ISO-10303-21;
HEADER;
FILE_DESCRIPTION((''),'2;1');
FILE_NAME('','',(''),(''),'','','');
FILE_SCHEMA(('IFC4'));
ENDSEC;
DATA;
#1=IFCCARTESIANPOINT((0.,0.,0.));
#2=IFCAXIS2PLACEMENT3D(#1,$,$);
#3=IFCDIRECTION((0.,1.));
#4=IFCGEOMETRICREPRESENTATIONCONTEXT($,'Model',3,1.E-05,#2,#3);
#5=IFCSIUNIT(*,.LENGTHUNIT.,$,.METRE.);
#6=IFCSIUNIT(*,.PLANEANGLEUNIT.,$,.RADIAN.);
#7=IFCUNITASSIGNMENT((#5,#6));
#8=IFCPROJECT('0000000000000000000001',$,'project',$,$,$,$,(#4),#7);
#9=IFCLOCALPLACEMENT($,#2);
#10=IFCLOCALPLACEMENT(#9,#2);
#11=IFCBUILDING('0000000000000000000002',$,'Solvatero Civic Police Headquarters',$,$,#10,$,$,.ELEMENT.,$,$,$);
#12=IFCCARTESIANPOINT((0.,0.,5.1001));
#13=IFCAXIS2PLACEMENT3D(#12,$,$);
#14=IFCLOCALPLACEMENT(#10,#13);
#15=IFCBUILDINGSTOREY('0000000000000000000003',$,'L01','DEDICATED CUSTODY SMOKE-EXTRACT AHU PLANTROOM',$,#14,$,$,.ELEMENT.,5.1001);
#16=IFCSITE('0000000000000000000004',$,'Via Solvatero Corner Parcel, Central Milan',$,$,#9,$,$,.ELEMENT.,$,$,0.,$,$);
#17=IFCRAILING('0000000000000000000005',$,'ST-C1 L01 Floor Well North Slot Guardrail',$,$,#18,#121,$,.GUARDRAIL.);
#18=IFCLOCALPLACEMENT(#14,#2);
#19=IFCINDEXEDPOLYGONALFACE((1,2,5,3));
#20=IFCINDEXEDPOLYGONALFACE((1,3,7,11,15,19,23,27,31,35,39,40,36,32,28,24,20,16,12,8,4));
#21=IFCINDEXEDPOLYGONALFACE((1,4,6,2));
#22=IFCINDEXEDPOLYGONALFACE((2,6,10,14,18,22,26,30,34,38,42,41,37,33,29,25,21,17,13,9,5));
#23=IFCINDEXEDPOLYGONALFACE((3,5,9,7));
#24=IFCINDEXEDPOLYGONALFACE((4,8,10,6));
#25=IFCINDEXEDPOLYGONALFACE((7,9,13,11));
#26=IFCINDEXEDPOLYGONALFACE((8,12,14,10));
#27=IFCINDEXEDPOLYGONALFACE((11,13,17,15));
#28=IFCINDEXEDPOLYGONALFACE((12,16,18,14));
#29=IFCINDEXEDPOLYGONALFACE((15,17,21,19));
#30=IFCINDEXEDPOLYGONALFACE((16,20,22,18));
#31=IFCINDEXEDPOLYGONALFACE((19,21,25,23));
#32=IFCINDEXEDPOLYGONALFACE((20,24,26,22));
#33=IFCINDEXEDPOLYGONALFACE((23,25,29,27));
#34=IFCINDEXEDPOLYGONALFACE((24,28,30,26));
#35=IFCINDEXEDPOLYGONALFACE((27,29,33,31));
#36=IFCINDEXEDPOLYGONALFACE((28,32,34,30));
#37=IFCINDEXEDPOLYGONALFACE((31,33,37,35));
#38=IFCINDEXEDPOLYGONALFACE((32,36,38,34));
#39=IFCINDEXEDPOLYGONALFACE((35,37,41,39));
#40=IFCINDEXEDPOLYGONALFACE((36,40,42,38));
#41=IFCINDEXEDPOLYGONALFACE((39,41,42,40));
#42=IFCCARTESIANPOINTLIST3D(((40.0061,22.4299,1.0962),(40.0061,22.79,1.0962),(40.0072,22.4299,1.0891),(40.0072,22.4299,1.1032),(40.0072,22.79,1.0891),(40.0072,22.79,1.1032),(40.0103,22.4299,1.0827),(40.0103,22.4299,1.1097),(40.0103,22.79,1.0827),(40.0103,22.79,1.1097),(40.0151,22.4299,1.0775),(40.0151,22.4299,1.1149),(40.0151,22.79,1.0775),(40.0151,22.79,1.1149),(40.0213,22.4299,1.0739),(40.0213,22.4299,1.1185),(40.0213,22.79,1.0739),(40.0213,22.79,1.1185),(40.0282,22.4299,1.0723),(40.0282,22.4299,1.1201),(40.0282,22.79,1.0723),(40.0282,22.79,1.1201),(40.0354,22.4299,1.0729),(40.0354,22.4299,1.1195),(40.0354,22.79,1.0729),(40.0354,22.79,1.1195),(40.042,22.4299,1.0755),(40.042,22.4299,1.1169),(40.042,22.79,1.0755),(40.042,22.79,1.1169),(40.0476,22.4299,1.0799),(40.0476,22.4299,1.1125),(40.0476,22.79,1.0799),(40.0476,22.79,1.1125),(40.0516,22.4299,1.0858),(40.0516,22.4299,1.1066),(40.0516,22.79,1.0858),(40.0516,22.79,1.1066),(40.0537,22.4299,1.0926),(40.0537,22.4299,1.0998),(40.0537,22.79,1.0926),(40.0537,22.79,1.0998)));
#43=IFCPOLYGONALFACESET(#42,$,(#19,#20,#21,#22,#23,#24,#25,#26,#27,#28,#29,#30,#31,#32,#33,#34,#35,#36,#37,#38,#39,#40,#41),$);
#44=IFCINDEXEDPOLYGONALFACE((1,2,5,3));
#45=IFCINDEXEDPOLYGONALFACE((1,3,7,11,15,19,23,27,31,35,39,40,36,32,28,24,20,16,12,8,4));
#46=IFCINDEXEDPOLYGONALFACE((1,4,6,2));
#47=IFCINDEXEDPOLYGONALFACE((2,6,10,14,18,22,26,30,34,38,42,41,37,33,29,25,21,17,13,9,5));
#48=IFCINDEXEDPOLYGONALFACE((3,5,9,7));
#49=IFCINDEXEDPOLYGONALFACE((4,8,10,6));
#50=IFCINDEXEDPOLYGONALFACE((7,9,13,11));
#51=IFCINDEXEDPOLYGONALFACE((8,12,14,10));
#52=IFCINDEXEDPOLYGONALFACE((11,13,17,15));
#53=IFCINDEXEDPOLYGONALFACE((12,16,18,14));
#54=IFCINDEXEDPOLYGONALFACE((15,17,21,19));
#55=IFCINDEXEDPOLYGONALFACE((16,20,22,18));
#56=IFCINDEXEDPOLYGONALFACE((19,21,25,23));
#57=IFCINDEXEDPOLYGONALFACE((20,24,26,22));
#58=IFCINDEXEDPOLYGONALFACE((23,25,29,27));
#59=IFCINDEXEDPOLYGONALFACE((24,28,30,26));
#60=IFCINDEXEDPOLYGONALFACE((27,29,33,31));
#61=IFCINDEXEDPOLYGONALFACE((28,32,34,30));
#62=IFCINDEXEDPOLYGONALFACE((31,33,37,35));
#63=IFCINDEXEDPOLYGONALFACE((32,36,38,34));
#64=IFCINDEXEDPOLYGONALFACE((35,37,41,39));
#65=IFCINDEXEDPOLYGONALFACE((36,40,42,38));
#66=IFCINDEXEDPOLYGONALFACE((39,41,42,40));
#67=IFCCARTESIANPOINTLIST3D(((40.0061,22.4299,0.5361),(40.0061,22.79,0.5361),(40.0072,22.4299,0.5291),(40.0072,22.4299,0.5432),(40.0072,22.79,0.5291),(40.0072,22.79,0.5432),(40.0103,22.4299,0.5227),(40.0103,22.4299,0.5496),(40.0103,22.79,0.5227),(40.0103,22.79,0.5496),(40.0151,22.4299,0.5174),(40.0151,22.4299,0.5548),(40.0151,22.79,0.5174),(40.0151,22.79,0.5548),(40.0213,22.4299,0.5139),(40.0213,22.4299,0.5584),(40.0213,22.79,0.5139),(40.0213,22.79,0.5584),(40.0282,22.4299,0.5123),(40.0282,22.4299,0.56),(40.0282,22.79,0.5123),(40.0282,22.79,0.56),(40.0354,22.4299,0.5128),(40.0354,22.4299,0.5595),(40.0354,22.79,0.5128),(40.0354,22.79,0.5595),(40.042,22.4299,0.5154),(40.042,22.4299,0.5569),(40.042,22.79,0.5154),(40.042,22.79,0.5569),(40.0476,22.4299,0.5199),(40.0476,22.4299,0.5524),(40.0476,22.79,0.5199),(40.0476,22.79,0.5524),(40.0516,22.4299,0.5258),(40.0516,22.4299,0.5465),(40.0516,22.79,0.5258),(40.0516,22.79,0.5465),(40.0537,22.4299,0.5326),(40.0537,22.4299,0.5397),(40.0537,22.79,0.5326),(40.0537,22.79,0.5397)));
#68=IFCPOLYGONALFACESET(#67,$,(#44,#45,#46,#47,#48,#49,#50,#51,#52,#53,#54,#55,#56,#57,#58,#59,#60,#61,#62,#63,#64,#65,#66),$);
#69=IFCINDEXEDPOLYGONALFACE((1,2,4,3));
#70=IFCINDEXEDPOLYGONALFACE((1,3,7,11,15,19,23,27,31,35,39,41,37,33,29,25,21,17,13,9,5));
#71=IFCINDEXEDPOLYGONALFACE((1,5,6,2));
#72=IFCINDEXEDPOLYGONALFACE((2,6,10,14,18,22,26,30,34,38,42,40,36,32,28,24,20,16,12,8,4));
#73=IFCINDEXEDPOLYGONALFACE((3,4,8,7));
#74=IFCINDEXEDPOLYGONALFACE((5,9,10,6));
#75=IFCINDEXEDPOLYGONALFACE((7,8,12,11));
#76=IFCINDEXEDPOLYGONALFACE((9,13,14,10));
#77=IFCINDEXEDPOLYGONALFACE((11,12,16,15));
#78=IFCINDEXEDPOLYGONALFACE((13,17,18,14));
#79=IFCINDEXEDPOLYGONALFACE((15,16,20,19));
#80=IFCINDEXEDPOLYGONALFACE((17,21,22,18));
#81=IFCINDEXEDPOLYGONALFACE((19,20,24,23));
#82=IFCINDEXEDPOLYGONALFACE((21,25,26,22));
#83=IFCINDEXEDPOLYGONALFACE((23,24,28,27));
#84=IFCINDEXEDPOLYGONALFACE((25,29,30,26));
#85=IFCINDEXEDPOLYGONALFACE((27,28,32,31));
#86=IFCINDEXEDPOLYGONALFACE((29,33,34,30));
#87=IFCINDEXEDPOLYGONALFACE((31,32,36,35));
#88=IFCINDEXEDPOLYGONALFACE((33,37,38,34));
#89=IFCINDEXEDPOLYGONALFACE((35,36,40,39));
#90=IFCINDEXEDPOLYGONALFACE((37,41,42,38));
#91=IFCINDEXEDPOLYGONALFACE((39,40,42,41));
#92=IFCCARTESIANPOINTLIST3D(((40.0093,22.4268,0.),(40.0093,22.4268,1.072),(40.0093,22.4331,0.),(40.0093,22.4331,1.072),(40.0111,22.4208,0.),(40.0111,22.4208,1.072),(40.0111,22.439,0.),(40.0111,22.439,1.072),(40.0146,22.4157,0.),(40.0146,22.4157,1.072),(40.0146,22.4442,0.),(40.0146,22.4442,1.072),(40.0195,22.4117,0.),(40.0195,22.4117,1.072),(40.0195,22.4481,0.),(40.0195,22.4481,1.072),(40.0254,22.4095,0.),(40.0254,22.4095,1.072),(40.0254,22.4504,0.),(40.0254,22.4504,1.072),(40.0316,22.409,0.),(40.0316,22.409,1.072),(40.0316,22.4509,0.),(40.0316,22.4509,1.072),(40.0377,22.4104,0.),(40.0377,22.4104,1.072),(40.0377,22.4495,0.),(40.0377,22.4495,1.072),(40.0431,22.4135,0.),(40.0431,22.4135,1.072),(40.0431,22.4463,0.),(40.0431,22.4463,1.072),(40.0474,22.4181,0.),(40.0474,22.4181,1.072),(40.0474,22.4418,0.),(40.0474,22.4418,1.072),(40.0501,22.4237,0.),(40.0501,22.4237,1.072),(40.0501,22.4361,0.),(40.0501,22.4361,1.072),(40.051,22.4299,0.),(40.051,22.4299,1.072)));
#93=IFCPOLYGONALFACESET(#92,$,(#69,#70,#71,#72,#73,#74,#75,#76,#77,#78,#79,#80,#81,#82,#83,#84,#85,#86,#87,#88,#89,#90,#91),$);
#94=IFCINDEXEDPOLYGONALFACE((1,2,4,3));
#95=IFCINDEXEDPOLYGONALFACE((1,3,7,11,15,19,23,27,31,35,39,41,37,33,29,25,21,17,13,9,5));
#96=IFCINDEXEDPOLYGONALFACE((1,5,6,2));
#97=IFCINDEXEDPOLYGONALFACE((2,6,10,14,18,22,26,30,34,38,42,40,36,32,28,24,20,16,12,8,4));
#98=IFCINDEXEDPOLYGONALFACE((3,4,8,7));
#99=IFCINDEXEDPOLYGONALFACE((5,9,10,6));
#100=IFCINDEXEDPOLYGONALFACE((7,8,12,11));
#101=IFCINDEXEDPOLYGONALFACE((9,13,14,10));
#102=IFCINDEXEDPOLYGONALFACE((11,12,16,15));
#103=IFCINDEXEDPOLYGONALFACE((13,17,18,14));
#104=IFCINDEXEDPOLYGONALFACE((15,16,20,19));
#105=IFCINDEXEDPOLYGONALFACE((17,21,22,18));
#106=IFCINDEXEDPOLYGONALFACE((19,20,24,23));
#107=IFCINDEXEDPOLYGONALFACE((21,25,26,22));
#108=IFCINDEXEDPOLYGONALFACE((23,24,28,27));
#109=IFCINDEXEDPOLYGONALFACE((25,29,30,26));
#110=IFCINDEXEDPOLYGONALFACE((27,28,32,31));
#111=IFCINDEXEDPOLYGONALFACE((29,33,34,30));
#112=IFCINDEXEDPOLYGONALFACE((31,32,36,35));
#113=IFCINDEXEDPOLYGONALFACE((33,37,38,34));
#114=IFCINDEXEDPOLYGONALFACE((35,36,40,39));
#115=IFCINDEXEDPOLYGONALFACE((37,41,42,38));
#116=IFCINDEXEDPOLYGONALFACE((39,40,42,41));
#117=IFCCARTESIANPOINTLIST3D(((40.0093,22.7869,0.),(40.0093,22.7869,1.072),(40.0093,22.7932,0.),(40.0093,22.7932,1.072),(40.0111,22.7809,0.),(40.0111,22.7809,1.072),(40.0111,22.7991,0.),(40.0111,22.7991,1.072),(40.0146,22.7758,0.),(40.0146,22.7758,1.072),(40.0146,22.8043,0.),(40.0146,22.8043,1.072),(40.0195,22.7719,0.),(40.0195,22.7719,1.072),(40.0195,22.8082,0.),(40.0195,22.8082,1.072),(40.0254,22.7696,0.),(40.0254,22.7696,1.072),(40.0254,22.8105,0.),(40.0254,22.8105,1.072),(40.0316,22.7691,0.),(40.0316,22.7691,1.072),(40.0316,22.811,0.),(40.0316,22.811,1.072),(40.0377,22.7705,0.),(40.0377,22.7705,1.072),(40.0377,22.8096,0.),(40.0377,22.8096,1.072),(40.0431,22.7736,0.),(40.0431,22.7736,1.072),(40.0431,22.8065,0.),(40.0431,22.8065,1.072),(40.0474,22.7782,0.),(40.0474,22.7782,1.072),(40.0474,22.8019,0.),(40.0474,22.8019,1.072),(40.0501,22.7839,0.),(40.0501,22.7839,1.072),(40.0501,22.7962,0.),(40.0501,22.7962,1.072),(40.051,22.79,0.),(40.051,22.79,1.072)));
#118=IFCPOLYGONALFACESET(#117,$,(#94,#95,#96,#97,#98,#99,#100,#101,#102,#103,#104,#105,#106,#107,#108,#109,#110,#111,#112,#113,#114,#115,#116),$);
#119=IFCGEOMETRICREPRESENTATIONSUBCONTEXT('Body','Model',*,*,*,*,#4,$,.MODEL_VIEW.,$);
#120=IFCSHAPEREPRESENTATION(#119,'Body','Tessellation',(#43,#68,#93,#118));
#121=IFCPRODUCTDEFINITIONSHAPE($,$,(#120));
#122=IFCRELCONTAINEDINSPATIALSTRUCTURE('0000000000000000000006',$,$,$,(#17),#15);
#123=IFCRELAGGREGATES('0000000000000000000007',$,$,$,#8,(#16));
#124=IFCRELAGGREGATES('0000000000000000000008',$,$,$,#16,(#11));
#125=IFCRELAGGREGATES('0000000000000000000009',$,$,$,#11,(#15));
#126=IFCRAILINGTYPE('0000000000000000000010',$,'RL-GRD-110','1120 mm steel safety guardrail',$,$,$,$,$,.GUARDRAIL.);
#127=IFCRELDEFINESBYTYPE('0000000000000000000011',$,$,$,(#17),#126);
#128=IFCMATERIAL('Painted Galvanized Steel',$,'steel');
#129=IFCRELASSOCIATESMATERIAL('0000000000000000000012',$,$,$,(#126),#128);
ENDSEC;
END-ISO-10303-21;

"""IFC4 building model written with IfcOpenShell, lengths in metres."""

from ifc_helpers import new_model, si_unit, direction, frame, origin, origin_2d, place, context, subcontext, project, spatial, circle, extrude, material, type_object, element, save


model = new_model("IFC4")

# Units and contexts
model_context = context("Model", 3, precision=1e-05, world=origin(), true_north=direction((0.0, 1.0)))
body_context = subcontext(model_context, "Body", "Model", "MODEL_VIEW")
ifc_project = project(units=[si_unit("LENGTHUNIT", "METRE"), si_unit("PLANEANGLEUNIT", "RADIAN")], contexts=[model_context])

# Site, building, storey
site_placement = place(None, origin())
site = spatial("IfcSite", under=ifc_project, at=site_placement, Name="Via Solvatero Corner Parcel, Central Milan", CompositionType="ELEMENT", RefElevation=0.0)
building_placement = place(site_placement, origin())
building = spatial("IfcBuilding", under=site, at=building_placement, Name="Solvatero Civic Police Headquarters", CompositionType="ELEMENT")
storey_placement = place(building_placement, frame((0.0, 0.0, 5.1001)))
storey = spatial("IfcBuildingStorey", under=building, at=storey_placement, Name="L01", Description="DEDICATED CUSTODY SMOKE-EXTRACT AHU PLANTROOM", CompositionType="ELEMENT", Elevation=5.1001)

# Railing
ifc_material_1 = material(Name="Painted Galvanized Steel", Category="steel")
railing_type_1 = type_object("IfcRailingType", Name="RL-GRD-110", Description="1120 mm steel safety guardrail", PredefinedType="GUARDRAIL", material=ifc_material_1)
for number, where, name in (
    (1, (40.03, 22.4299, 0.0), "ST-C1 L01 Floor Well North Slot Guardrail"),
):
    element("IfcRailing", number, at=place(storey_placement, frame(where)), inside=storey, type_object=railing_type_1, Name=name, PredefinedType="GUARDRAIL", context=body_context, shape_type="SweptSolid", body=[
        extrude(circle(Radius=0.0239, at=origin_2d()), frame((0.0, 0.0, 1.0962), z_axis=(0.0, 1.0, 0.0), x_axis=(-1.0, 0.0, 0.0)), (0.0, 0.0, 1.0), 0.3601),
        extrude(circle(Radius=0.0239, at=origin_2d()), frame((0.0, 0.0, 0.5361), z_axis=(0.0, 1.0, 0.0), x_axis=(-1.0, 0.0, 0.0)), (0.0, 0.0, 1.0), 0.3601),
        extrude(circle(Radius=0.021, at=origin_2d()), origin(), (0.0, 0.0, 1.0), 1.072),
        extrude(circle(Radius=0.021, at=origin_2d()), frame((0.0, 0.3601, 0.0)), (0.0, 0.0, 1.0), 1.072),
    ])

save(model, "model.ifc")
